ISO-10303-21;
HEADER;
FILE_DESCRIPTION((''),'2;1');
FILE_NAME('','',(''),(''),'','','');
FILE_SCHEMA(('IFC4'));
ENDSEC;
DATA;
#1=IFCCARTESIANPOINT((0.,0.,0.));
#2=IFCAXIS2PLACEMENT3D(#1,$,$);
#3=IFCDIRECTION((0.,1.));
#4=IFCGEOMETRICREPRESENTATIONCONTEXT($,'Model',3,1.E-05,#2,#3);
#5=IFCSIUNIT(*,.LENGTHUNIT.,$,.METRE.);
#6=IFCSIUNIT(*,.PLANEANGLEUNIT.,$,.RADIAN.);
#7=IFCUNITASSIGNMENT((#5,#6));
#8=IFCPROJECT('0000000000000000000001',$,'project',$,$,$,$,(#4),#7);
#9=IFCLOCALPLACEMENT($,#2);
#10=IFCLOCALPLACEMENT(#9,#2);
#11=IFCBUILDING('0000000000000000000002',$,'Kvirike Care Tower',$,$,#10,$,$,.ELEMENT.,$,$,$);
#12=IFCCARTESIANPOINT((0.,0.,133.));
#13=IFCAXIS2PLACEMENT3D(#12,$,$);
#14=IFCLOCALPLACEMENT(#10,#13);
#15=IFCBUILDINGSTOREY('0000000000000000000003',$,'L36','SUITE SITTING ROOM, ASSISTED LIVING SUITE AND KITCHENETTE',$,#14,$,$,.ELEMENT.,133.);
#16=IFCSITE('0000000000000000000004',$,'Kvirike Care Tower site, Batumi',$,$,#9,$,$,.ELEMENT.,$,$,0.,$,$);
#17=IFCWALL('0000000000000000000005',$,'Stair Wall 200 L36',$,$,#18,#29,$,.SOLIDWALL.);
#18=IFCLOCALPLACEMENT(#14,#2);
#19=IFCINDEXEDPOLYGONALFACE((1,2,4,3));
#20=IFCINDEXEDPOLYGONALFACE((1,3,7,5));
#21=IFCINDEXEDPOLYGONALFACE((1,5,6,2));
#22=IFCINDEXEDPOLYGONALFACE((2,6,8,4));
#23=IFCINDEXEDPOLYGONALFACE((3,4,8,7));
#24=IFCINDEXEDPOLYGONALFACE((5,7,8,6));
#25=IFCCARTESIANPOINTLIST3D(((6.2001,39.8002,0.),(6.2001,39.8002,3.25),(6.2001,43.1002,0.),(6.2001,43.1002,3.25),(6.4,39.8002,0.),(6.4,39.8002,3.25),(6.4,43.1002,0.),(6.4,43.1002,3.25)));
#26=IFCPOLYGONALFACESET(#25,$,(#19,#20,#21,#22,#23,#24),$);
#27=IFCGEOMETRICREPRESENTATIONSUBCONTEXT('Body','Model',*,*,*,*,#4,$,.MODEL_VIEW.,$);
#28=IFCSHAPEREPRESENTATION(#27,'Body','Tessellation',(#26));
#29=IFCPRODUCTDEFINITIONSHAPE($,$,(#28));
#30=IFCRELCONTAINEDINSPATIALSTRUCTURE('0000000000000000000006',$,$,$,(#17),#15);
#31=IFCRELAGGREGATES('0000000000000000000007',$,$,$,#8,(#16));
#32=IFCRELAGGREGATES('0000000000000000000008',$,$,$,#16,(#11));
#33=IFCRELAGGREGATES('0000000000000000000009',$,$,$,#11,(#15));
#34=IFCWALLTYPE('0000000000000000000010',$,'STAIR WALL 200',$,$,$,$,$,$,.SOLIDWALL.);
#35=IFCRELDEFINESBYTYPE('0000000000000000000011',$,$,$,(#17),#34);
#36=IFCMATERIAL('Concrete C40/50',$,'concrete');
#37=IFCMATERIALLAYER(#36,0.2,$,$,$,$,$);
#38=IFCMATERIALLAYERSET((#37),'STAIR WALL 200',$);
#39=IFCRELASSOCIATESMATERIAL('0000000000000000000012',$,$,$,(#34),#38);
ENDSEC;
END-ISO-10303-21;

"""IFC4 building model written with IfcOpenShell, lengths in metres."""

from ifc_helpers import new_model, si_unit, direction, frame, frame_2d, origin, place, context, subcontext, project, spatial, rectangle, extrude, material, layer, layer_set, type_object, element, save


model = new_model("IFC4")

# Units and contexts
model_context = context("Model", 3, precision=1e-05, world=origin(), true_north=direction((0.0, 1.0)))
body_context = subcontext(model_context, "Body", "Model", "MODEL_VIEW")
ifc_project = project(units=[si_unit("LENGTHUNIT", "METRE"), si_unit("PLANEANGLEUNIT", "RADIAN")], contexts=[model_context])

# Site, building, storey
site_placement = place(None, origin())
site = spatial("IfcSite", under=ifc_project, at=site_placement, Name="Kvirike Care Tower site, Batumi", CompositionType="ELEMENT", RefElevation=0.0)
building_placement = place(site_placement, origin())
building = spatial("IfcBuilding", under=site, at=building_placement, Name="Kvirike Care Tower", CompositionType="ELEMENT")
storey_placement = place(building_placement, frame((0.0, 0.0, 133.0)))
storey = spatial("IfcBuildingStorey", under=building, at=storey_placement, Name="L36", Description="SUITE SITTING ROOM, ASSISTED LIVING SUITE AND KITCHENETTE", CompositionType="ELEMENT", Elevation=133.0)

# Wall
ifc_material_1 = material(Name="Concrete C40/50", Category="concrete")
ifc_layer_1 = layer(ifc_material_1, 0.2)
ifc_layer_set_1 = layer_set([ifc_layer_1], Name="STAIR WALL 200")
wall_type_1 = type_object("IfcWallType", Name="STAIR WALL 200", PredefinedType="SOLIDWALL", material=ifc_layer_set_1)
wall_1_placement = place(storey_placement, frame((6.3, 43.1001, 0.0), z_axis=(0.0, 0.0, 1.0), x_axis=(0.0, -1.0, 0.0)))
element("IfcWall", 1, at=wall_1_placement, inside=storey, type_object=wall_type_1, Name="Stair Wall 200 L36", PredefinedType="SOLIDWALL", context=body_context, shape_type="SweptSolid", body=[
    extrude(rectangle(XDim=3.3, YDim=0.2, at=frame_2d((1.6499, 0.0))), origin(), (0.0, 0.0, 1.0), 3.25),
])

save(model, "model.ifc")
